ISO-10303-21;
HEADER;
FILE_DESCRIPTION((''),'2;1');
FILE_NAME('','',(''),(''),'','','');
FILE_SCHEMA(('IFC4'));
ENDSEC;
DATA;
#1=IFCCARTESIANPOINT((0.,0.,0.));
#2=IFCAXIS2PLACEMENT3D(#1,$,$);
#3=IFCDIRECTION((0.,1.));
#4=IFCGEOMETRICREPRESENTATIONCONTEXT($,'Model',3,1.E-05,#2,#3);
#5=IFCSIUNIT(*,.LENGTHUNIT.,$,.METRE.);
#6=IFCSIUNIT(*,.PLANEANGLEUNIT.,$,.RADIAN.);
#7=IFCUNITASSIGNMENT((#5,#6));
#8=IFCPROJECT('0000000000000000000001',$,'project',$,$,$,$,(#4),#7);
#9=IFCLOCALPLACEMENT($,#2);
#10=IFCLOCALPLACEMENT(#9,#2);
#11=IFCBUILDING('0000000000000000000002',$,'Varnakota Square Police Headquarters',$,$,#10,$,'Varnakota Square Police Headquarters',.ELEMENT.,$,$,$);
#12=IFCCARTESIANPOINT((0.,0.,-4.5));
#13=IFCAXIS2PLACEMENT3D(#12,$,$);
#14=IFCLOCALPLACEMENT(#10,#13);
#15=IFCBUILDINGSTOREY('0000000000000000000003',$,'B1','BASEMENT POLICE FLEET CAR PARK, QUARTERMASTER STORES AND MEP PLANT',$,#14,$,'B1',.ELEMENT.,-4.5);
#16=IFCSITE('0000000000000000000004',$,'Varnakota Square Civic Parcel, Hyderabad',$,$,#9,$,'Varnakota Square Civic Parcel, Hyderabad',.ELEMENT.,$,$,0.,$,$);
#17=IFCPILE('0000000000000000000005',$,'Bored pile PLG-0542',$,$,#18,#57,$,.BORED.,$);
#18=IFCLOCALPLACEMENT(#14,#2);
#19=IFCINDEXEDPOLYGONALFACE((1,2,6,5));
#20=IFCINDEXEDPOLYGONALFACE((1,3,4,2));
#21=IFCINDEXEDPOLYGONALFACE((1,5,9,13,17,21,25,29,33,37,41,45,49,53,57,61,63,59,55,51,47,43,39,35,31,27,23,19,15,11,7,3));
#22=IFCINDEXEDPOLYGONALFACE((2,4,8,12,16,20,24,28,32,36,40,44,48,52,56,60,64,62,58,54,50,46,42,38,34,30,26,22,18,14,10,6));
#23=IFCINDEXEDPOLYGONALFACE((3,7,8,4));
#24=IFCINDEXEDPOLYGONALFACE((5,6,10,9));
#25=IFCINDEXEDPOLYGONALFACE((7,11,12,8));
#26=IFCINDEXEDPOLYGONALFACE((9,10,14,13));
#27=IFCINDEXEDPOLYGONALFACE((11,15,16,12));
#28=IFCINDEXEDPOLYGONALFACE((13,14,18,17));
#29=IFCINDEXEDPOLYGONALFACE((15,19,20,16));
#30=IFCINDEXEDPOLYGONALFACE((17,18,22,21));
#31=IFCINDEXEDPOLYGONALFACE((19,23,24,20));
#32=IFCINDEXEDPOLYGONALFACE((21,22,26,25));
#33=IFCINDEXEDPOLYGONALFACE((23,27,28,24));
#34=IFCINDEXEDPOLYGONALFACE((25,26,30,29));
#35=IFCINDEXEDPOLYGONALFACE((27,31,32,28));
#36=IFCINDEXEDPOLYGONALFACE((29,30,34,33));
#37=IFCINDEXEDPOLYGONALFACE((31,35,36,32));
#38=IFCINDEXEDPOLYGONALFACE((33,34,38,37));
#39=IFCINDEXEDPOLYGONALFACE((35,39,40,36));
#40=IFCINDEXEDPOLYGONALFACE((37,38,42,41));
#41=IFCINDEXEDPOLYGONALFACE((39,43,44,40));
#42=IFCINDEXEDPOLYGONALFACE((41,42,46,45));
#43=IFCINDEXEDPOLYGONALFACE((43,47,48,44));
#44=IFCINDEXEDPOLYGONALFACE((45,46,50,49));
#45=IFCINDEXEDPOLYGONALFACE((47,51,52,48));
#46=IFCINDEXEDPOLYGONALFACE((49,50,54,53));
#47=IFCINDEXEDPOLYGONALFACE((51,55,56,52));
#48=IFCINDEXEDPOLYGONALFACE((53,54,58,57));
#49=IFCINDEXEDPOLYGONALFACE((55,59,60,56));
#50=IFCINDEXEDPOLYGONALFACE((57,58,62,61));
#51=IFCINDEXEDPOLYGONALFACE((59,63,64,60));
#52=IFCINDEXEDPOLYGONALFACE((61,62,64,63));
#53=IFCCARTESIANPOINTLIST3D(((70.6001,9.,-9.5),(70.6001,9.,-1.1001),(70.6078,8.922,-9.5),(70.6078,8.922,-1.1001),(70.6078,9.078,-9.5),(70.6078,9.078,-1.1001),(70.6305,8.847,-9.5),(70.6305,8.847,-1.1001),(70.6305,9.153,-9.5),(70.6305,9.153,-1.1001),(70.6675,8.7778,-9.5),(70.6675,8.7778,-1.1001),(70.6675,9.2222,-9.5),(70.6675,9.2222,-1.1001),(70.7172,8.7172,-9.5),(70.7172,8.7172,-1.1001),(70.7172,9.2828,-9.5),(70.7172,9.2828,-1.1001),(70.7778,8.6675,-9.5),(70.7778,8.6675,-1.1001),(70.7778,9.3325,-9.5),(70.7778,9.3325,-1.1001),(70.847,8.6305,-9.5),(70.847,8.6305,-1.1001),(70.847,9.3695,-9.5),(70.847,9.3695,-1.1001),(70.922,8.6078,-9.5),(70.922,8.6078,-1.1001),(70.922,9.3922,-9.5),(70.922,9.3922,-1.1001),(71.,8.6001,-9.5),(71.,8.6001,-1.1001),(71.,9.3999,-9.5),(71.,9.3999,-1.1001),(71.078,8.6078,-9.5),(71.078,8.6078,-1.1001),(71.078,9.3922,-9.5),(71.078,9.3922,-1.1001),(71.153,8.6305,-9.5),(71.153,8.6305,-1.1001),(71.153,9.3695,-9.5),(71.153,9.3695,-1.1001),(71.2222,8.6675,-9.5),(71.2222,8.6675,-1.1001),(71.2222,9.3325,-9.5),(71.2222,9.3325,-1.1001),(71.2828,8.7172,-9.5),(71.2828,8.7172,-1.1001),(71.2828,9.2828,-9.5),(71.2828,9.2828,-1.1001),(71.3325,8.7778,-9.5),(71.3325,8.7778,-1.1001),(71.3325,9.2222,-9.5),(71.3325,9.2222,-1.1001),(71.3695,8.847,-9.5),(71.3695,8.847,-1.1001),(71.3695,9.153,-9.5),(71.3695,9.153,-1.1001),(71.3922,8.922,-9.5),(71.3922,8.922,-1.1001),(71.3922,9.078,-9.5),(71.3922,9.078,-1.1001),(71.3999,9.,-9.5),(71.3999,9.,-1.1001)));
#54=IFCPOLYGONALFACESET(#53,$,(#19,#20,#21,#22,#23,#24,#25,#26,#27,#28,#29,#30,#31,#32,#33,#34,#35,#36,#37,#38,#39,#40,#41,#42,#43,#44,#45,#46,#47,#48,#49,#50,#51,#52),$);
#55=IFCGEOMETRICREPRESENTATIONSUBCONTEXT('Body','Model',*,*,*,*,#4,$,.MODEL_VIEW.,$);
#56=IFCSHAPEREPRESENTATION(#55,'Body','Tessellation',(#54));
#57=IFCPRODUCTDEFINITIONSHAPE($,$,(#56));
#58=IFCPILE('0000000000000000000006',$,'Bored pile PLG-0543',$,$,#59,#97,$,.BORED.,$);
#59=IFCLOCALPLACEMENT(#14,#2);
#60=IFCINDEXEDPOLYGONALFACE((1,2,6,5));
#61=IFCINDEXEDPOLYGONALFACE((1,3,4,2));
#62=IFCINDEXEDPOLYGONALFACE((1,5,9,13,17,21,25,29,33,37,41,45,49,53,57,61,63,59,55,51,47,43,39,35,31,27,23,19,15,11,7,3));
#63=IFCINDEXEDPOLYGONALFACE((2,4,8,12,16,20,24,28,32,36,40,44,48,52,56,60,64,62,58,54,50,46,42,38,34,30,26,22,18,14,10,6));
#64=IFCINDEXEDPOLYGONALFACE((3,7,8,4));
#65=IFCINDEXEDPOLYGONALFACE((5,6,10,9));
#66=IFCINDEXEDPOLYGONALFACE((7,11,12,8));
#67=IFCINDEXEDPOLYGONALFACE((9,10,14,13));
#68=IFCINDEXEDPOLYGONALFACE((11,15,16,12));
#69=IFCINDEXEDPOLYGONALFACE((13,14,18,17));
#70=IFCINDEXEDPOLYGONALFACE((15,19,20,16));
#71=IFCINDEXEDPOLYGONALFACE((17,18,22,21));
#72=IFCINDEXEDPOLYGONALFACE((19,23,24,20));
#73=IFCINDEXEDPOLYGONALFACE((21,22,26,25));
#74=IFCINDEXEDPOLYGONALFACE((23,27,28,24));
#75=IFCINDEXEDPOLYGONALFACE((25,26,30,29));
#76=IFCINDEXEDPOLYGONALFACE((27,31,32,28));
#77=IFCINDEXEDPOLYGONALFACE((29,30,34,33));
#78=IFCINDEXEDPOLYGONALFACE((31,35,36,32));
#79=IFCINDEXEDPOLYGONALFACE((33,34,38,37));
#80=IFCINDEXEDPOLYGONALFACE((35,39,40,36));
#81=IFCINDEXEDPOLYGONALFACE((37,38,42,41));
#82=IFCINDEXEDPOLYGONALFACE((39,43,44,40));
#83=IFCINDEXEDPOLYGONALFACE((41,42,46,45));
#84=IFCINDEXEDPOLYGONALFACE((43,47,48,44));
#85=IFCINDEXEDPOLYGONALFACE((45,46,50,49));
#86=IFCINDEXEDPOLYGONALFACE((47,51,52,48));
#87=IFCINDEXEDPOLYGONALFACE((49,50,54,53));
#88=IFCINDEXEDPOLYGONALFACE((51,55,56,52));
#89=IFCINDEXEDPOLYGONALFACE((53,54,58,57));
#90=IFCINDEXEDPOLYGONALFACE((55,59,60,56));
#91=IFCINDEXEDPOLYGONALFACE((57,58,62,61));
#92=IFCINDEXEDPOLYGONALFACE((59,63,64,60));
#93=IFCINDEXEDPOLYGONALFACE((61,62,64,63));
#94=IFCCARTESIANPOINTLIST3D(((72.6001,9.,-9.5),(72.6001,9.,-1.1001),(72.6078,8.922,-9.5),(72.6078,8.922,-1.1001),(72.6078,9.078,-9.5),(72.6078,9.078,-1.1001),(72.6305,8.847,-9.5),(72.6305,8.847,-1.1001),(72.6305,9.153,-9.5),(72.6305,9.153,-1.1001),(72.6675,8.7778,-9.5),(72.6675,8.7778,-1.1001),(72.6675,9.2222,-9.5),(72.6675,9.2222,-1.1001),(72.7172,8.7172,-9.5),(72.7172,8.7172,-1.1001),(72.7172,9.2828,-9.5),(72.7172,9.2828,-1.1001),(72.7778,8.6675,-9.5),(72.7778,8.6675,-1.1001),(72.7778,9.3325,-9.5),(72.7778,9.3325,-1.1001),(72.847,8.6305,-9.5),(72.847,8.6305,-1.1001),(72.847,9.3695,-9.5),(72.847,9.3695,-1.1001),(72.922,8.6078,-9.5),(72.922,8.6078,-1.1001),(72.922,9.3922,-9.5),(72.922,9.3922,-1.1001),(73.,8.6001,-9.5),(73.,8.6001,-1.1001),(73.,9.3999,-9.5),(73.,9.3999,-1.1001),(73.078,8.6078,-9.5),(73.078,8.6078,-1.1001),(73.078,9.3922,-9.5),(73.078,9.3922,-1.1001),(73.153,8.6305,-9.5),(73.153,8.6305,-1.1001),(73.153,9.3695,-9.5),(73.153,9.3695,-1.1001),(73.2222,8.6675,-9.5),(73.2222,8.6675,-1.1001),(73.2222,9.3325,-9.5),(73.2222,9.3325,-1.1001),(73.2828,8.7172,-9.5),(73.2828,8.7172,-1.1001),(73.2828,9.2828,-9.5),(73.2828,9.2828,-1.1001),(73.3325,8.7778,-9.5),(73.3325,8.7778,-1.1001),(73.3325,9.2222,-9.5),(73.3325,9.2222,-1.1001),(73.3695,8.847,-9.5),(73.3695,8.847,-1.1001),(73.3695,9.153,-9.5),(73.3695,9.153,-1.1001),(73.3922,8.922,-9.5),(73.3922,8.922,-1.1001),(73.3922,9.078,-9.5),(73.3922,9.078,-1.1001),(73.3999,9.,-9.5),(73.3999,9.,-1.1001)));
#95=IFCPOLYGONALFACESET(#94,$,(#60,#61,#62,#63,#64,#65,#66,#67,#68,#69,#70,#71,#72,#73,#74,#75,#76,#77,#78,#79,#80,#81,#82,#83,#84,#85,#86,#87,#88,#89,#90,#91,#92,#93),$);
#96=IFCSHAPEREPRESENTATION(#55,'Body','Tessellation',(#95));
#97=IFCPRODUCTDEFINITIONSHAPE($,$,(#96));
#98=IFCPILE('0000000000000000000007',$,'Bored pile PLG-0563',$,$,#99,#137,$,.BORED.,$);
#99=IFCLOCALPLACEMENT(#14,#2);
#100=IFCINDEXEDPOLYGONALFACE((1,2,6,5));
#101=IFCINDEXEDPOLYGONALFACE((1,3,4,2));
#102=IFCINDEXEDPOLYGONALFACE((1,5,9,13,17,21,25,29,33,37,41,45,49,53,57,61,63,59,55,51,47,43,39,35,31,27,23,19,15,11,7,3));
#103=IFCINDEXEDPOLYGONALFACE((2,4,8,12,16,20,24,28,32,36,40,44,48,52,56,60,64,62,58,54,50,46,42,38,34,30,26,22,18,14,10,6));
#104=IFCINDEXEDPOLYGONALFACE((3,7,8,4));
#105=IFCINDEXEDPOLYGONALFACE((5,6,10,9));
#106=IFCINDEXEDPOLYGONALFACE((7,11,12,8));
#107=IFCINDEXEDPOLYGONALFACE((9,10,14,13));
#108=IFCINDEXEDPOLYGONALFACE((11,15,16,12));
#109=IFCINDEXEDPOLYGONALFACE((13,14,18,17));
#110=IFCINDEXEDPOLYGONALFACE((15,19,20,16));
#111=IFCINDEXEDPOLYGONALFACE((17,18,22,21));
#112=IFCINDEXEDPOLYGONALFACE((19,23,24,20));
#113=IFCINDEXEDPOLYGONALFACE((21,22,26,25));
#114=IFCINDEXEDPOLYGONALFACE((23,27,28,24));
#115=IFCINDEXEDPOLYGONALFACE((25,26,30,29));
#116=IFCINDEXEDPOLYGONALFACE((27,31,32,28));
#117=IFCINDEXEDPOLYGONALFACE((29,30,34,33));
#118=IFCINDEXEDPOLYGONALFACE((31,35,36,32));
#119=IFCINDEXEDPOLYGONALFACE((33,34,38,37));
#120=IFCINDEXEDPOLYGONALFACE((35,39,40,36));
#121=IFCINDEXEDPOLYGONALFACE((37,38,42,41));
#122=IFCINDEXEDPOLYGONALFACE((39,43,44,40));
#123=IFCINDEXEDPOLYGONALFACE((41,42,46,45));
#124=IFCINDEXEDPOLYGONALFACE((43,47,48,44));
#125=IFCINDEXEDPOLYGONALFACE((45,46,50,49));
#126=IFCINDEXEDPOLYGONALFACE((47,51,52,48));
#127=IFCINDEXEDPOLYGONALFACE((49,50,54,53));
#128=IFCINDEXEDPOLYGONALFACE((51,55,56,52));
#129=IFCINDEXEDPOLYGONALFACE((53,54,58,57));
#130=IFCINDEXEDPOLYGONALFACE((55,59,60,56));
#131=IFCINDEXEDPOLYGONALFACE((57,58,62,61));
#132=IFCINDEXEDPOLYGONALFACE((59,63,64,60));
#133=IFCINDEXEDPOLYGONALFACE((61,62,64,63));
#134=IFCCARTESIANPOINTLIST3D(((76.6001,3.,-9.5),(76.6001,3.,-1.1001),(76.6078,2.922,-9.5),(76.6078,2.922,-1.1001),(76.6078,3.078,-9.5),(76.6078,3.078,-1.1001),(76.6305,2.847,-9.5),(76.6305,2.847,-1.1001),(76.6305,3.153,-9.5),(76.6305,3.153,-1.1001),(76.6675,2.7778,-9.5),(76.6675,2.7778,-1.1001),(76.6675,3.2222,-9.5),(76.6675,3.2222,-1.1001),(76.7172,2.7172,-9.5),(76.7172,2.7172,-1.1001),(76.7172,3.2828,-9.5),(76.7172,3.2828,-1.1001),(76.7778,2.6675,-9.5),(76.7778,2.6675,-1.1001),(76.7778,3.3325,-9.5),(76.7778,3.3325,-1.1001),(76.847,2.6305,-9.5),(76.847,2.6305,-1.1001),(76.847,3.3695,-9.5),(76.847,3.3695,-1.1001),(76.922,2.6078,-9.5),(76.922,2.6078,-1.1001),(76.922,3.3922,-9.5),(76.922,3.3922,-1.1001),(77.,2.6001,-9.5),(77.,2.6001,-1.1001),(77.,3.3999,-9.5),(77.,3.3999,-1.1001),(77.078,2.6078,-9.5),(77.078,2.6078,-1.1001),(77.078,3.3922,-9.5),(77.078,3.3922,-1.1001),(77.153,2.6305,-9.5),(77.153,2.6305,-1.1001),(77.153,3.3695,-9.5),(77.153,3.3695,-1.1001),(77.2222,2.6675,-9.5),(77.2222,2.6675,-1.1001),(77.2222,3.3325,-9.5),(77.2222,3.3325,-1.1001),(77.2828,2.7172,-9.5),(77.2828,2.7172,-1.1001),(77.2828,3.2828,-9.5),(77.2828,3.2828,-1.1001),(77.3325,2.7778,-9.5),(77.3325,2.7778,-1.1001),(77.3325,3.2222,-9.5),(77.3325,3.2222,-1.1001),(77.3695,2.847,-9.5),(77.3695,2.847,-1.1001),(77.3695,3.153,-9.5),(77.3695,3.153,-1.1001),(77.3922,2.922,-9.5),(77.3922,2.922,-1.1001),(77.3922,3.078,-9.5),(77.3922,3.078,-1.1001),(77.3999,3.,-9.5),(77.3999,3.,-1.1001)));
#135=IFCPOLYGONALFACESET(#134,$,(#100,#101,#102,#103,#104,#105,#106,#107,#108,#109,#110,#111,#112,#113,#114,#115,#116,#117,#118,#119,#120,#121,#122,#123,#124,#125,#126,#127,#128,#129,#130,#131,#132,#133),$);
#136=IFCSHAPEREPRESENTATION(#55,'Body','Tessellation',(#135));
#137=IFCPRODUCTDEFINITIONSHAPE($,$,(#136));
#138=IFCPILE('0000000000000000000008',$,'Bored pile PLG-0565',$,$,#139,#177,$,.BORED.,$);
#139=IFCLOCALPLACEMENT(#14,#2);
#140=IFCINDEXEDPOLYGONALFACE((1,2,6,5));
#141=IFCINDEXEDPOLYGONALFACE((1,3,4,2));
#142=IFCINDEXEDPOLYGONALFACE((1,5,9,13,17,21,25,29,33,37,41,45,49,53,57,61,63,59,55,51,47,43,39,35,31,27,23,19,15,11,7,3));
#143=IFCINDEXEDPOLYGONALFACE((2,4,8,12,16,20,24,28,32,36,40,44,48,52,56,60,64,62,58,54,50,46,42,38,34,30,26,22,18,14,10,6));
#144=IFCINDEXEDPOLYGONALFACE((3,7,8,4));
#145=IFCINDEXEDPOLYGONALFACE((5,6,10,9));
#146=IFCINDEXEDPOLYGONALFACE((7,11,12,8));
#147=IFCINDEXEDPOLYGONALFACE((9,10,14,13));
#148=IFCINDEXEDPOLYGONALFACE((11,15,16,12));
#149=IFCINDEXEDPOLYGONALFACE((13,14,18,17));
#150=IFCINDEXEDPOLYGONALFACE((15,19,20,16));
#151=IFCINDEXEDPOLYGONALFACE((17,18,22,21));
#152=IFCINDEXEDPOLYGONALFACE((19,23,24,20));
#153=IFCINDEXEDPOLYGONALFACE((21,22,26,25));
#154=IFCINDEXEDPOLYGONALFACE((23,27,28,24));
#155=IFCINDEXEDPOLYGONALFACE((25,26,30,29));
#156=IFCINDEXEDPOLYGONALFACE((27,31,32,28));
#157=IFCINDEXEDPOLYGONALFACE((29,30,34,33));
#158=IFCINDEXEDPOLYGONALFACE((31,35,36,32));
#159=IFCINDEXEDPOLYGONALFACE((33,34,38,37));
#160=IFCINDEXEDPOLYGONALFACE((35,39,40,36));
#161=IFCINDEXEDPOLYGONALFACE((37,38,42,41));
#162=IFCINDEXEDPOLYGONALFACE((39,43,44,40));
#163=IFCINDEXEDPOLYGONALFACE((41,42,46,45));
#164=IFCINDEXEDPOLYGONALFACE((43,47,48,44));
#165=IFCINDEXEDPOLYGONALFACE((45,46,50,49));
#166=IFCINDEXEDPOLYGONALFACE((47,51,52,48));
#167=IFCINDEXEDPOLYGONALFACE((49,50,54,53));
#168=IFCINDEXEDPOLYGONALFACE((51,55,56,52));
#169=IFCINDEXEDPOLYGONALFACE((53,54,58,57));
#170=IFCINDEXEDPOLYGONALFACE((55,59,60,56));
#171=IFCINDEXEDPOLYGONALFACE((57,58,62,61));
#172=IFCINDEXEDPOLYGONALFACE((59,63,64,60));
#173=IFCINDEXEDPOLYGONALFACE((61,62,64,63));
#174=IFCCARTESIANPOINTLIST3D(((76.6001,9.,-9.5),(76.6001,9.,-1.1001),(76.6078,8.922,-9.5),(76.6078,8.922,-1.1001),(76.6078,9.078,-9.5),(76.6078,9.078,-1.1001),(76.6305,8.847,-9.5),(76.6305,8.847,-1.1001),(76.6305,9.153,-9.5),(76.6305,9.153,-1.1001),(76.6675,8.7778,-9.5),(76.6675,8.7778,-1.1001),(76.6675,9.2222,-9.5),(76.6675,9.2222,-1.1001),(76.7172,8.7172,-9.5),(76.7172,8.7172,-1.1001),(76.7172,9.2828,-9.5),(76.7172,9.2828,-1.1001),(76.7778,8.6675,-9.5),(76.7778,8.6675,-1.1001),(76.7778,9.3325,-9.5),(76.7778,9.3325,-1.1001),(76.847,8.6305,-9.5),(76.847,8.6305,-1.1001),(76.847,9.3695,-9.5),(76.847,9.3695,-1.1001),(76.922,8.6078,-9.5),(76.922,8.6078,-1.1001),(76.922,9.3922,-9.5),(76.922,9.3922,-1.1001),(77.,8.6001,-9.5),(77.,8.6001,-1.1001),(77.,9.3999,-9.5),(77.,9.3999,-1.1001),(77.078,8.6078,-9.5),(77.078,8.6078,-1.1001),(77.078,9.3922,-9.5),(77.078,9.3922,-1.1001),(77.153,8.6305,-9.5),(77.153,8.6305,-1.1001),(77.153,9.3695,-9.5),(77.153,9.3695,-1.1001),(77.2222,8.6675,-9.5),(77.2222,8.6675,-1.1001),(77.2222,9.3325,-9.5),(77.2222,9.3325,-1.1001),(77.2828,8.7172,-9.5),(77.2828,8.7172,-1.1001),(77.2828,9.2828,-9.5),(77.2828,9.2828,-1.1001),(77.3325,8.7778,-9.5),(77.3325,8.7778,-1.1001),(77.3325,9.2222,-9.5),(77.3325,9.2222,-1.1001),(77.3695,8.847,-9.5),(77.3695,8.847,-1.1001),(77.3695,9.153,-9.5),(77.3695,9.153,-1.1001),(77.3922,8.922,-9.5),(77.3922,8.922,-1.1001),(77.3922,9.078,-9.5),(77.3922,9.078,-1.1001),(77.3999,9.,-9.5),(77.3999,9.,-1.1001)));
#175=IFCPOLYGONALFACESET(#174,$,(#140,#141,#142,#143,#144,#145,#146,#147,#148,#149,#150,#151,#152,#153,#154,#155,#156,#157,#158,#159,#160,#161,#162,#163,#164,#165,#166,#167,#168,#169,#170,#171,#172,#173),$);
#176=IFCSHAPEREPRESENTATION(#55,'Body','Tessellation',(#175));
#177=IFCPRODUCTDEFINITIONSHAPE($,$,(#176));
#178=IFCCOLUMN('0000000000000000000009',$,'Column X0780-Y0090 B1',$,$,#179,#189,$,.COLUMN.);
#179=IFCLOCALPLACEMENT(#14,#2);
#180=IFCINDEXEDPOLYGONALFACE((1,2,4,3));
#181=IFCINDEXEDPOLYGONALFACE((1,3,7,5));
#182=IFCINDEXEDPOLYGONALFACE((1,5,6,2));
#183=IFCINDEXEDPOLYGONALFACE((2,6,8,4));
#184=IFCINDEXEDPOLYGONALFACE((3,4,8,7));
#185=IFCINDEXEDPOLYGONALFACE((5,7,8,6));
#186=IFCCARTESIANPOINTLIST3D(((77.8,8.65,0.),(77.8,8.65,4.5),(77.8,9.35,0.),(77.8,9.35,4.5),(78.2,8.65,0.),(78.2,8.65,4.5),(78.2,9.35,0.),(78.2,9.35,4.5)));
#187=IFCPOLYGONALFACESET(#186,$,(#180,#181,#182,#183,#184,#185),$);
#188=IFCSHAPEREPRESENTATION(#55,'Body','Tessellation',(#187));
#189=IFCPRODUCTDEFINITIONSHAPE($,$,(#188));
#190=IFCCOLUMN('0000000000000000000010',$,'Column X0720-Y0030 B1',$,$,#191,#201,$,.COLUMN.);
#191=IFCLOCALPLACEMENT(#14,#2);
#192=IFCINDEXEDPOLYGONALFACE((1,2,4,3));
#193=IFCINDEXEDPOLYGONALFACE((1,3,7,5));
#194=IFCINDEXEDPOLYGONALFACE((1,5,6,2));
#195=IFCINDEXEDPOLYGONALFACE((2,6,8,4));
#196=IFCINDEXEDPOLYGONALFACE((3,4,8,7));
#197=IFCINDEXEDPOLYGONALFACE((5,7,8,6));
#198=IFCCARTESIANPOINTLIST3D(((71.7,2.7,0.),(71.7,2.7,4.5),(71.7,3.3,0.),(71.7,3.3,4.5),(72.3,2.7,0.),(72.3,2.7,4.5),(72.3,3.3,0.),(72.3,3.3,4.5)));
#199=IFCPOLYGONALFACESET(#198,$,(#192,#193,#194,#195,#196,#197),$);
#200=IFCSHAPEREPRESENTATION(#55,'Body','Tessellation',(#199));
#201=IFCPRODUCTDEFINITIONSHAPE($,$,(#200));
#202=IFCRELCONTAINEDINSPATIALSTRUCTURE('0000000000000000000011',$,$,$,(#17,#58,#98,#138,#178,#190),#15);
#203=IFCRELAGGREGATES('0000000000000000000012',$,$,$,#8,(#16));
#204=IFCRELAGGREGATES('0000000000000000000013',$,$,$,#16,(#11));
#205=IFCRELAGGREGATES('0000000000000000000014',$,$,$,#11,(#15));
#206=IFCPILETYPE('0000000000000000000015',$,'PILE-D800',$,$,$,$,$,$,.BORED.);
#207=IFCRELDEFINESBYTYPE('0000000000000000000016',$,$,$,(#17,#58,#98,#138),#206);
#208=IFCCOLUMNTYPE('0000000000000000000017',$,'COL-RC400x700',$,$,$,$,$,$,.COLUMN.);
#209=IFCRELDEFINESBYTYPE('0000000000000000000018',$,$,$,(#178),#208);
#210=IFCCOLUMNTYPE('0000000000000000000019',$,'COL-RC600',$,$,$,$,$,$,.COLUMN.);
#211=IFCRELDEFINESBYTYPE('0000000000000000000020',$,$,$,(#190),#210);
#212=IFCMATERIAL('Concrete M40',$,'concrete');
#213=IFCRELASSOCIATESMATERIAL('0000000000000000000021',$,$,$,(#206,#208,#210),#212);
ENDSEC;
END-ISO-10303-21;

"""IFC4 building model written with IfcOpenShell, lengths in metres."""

from ifc_helpers import new_model, si_unit, direction, frame, origin, origin_2d, place, context, subcontext, project, spatial, rectangle, circle, extrude, material, material_profile, profile_set, type_object, element, save


model = new_model("IFC4")

# Units and contexts
model_context = context("Model", 3, precision=1e-05, world=origin(), true_north=direction((0.0, 1.0)))
body_context = subcontext(model_context, "Body", "Model", "MODEL_VIEW")
ifc_project = project(units=[si_unit("LENGTHUNIT", "METRE"), si_unit("PLANEANGLEUNIT", "RADIAN")], contexts=[model_context])

# Site, building, storey
site_placement = place(None, origin())
site = spatial("IfcSite", under=ifc_project, at=site_placement, Name="Varnakota Square Civic Parcel, Hyderabad", LongName="Varnakota Square Civic Parcel, Hyderabad", CompositionType="ELEMENT", RefElevation=0.0)
building_placement = place(site_placement, origin())
building = spatial("IfcBuilding", under=site, at=building_placement, Name="Varnakota Square Police Headquarters", LongName="Varnakota Square Police Headquarters", CompositionType="ELEMENT")
storey_placement = place(building_placement, frame((0.0, 0.0, -4.5)))
storey = spatial("IfcBuildingStorey", under=building, at=storey_placement, Name="B1", Description="BASEMENT POLICE FLEET CAR PARK, QUARTERMASTER STORES AND MEP PLANT", LongName="B1", CompositionType="ELEMENT", Elevation=-4.5)

# Shared definitions
ifc_material_1 = material(Name="Concrete M40", Category="concrete")

# Piles
ifc_material_profile_1 = material_profile(ifc_material_1, circle(Radius=0.3999, at=origin_2d()), Name="BORED PILE 800")
ifc_profile_set_1 = profile_set([ifc_material_profile_1], Name="Concrete M40")
pile_type = type_object("IfcPileType", Name="PILE-D800", PredefinedType="BORED", material=ifc_profile_set_1)
for number, where, z_axis, x_axis, name in (
    (1, (71.0, 9.0, -1.1001), (0.0, 0.0, -1.0), (1.0, 0.0, 0.0), "Bored pile PLG-0542"),
    (2, (73.0, 9.0, -1.1001), (0.0, 0.0, -1.0), (1.0, 0.0, 0.0), "Bored pile PLG-0543"),
    (3, (77.0, 3.0, -1.1001), (0.0, 0.0, -1.0), (1.0, 0.0, 0.0), "Bored pile PLG-0563"),
    (4, (77.0, 9.0, -1.1001), (0.0, 0.0, -1.0), (1.0, 0.0, 0.0), "Bored pile PLG-0565"),
):
    element("IfcPile", number, at=place(storey_placement, frame(where, z_axis=z_axis, x_axis=x_axis)), inside=storey, type_object=pile_type, Name=name, PredefinedType="BORED", context=body_context, shape_type="SweptSolid", body=[
        extrude(circle(Radius=0.3999, at=origin_2d()), origin(), (0.0, 0.0, 1.0), 8.3999),
    ])

# Columns
ifc_material_profile_2 = material_profile(ifc_material_1, rectangle(XDim=0.3999, YDim=0.7, at=origin_2d()), Name="RC 400x700")
ifc_profile_set_2 = profile_set([ifc_material_profile_2], Name="Concrete M40")
column_type_1 = type_object("IfcColumnType", Name="COL-RC400x700", PredefinedType="COLUMN", material=ifc_profile_set_2)
column_placement = place(storey_placement, frame((78.0, 9.0, 0.0), z_axis=(0.0, 0.0, 1.0), x_axis=(1.0, 0.0, 0.0)))
element("IfcColumn", 5, at=column_placement, inside=storey, type_object=column_type_1, Name="Column X0780-Y0090 B1", PredefinedType="COLUMN", context=body_context, shape_type="SweptSolid", body=[
    extrude(rectangle(XDim=0.3999, YDim=0.7, at=origin_2d()), origin(), (0.0, 0.0, 1.0), 4.5),
])
ifc_material_profile_3 = material_profile(ifc_material_1, rectangle(XDim=0.6001, YDim=0.6001, at=origin_2d()), Name="RC 600x600")
ifc_profile_set_3 = profile_set([ifc_material_profile_3], Name="Concrete M40")
column_type_2 = type_object("IfcColumnType", Name="COL-RC600", PredefinedType="COLUMN", material=ifc_profile_set_3)
for number, where, z_axis, x_axis, name in (
    (6, (72.0, 3.0, 0.0), (0.0, 0.0, 1.0), (1.0, 0.0, 0.0), "Column X0720-Y0030 B1"),
):
    element("IfcColumn", number, at=place(storey_placement, frame(where, z_axis=z_axis, x_axis=x_axis)), inside=storey, type_object=column_type_2, Name=name, PredefinedType="COLUMN", context=body_context, shape_type="SweptSolid", body=[
        extrude(rectangle(XDim=0.6001, YDim=0.6001, at=origin_2d()), origin(), (0.0, 0.0, 1.0), 4.5),
    ])

save(model, "model.ifc")
